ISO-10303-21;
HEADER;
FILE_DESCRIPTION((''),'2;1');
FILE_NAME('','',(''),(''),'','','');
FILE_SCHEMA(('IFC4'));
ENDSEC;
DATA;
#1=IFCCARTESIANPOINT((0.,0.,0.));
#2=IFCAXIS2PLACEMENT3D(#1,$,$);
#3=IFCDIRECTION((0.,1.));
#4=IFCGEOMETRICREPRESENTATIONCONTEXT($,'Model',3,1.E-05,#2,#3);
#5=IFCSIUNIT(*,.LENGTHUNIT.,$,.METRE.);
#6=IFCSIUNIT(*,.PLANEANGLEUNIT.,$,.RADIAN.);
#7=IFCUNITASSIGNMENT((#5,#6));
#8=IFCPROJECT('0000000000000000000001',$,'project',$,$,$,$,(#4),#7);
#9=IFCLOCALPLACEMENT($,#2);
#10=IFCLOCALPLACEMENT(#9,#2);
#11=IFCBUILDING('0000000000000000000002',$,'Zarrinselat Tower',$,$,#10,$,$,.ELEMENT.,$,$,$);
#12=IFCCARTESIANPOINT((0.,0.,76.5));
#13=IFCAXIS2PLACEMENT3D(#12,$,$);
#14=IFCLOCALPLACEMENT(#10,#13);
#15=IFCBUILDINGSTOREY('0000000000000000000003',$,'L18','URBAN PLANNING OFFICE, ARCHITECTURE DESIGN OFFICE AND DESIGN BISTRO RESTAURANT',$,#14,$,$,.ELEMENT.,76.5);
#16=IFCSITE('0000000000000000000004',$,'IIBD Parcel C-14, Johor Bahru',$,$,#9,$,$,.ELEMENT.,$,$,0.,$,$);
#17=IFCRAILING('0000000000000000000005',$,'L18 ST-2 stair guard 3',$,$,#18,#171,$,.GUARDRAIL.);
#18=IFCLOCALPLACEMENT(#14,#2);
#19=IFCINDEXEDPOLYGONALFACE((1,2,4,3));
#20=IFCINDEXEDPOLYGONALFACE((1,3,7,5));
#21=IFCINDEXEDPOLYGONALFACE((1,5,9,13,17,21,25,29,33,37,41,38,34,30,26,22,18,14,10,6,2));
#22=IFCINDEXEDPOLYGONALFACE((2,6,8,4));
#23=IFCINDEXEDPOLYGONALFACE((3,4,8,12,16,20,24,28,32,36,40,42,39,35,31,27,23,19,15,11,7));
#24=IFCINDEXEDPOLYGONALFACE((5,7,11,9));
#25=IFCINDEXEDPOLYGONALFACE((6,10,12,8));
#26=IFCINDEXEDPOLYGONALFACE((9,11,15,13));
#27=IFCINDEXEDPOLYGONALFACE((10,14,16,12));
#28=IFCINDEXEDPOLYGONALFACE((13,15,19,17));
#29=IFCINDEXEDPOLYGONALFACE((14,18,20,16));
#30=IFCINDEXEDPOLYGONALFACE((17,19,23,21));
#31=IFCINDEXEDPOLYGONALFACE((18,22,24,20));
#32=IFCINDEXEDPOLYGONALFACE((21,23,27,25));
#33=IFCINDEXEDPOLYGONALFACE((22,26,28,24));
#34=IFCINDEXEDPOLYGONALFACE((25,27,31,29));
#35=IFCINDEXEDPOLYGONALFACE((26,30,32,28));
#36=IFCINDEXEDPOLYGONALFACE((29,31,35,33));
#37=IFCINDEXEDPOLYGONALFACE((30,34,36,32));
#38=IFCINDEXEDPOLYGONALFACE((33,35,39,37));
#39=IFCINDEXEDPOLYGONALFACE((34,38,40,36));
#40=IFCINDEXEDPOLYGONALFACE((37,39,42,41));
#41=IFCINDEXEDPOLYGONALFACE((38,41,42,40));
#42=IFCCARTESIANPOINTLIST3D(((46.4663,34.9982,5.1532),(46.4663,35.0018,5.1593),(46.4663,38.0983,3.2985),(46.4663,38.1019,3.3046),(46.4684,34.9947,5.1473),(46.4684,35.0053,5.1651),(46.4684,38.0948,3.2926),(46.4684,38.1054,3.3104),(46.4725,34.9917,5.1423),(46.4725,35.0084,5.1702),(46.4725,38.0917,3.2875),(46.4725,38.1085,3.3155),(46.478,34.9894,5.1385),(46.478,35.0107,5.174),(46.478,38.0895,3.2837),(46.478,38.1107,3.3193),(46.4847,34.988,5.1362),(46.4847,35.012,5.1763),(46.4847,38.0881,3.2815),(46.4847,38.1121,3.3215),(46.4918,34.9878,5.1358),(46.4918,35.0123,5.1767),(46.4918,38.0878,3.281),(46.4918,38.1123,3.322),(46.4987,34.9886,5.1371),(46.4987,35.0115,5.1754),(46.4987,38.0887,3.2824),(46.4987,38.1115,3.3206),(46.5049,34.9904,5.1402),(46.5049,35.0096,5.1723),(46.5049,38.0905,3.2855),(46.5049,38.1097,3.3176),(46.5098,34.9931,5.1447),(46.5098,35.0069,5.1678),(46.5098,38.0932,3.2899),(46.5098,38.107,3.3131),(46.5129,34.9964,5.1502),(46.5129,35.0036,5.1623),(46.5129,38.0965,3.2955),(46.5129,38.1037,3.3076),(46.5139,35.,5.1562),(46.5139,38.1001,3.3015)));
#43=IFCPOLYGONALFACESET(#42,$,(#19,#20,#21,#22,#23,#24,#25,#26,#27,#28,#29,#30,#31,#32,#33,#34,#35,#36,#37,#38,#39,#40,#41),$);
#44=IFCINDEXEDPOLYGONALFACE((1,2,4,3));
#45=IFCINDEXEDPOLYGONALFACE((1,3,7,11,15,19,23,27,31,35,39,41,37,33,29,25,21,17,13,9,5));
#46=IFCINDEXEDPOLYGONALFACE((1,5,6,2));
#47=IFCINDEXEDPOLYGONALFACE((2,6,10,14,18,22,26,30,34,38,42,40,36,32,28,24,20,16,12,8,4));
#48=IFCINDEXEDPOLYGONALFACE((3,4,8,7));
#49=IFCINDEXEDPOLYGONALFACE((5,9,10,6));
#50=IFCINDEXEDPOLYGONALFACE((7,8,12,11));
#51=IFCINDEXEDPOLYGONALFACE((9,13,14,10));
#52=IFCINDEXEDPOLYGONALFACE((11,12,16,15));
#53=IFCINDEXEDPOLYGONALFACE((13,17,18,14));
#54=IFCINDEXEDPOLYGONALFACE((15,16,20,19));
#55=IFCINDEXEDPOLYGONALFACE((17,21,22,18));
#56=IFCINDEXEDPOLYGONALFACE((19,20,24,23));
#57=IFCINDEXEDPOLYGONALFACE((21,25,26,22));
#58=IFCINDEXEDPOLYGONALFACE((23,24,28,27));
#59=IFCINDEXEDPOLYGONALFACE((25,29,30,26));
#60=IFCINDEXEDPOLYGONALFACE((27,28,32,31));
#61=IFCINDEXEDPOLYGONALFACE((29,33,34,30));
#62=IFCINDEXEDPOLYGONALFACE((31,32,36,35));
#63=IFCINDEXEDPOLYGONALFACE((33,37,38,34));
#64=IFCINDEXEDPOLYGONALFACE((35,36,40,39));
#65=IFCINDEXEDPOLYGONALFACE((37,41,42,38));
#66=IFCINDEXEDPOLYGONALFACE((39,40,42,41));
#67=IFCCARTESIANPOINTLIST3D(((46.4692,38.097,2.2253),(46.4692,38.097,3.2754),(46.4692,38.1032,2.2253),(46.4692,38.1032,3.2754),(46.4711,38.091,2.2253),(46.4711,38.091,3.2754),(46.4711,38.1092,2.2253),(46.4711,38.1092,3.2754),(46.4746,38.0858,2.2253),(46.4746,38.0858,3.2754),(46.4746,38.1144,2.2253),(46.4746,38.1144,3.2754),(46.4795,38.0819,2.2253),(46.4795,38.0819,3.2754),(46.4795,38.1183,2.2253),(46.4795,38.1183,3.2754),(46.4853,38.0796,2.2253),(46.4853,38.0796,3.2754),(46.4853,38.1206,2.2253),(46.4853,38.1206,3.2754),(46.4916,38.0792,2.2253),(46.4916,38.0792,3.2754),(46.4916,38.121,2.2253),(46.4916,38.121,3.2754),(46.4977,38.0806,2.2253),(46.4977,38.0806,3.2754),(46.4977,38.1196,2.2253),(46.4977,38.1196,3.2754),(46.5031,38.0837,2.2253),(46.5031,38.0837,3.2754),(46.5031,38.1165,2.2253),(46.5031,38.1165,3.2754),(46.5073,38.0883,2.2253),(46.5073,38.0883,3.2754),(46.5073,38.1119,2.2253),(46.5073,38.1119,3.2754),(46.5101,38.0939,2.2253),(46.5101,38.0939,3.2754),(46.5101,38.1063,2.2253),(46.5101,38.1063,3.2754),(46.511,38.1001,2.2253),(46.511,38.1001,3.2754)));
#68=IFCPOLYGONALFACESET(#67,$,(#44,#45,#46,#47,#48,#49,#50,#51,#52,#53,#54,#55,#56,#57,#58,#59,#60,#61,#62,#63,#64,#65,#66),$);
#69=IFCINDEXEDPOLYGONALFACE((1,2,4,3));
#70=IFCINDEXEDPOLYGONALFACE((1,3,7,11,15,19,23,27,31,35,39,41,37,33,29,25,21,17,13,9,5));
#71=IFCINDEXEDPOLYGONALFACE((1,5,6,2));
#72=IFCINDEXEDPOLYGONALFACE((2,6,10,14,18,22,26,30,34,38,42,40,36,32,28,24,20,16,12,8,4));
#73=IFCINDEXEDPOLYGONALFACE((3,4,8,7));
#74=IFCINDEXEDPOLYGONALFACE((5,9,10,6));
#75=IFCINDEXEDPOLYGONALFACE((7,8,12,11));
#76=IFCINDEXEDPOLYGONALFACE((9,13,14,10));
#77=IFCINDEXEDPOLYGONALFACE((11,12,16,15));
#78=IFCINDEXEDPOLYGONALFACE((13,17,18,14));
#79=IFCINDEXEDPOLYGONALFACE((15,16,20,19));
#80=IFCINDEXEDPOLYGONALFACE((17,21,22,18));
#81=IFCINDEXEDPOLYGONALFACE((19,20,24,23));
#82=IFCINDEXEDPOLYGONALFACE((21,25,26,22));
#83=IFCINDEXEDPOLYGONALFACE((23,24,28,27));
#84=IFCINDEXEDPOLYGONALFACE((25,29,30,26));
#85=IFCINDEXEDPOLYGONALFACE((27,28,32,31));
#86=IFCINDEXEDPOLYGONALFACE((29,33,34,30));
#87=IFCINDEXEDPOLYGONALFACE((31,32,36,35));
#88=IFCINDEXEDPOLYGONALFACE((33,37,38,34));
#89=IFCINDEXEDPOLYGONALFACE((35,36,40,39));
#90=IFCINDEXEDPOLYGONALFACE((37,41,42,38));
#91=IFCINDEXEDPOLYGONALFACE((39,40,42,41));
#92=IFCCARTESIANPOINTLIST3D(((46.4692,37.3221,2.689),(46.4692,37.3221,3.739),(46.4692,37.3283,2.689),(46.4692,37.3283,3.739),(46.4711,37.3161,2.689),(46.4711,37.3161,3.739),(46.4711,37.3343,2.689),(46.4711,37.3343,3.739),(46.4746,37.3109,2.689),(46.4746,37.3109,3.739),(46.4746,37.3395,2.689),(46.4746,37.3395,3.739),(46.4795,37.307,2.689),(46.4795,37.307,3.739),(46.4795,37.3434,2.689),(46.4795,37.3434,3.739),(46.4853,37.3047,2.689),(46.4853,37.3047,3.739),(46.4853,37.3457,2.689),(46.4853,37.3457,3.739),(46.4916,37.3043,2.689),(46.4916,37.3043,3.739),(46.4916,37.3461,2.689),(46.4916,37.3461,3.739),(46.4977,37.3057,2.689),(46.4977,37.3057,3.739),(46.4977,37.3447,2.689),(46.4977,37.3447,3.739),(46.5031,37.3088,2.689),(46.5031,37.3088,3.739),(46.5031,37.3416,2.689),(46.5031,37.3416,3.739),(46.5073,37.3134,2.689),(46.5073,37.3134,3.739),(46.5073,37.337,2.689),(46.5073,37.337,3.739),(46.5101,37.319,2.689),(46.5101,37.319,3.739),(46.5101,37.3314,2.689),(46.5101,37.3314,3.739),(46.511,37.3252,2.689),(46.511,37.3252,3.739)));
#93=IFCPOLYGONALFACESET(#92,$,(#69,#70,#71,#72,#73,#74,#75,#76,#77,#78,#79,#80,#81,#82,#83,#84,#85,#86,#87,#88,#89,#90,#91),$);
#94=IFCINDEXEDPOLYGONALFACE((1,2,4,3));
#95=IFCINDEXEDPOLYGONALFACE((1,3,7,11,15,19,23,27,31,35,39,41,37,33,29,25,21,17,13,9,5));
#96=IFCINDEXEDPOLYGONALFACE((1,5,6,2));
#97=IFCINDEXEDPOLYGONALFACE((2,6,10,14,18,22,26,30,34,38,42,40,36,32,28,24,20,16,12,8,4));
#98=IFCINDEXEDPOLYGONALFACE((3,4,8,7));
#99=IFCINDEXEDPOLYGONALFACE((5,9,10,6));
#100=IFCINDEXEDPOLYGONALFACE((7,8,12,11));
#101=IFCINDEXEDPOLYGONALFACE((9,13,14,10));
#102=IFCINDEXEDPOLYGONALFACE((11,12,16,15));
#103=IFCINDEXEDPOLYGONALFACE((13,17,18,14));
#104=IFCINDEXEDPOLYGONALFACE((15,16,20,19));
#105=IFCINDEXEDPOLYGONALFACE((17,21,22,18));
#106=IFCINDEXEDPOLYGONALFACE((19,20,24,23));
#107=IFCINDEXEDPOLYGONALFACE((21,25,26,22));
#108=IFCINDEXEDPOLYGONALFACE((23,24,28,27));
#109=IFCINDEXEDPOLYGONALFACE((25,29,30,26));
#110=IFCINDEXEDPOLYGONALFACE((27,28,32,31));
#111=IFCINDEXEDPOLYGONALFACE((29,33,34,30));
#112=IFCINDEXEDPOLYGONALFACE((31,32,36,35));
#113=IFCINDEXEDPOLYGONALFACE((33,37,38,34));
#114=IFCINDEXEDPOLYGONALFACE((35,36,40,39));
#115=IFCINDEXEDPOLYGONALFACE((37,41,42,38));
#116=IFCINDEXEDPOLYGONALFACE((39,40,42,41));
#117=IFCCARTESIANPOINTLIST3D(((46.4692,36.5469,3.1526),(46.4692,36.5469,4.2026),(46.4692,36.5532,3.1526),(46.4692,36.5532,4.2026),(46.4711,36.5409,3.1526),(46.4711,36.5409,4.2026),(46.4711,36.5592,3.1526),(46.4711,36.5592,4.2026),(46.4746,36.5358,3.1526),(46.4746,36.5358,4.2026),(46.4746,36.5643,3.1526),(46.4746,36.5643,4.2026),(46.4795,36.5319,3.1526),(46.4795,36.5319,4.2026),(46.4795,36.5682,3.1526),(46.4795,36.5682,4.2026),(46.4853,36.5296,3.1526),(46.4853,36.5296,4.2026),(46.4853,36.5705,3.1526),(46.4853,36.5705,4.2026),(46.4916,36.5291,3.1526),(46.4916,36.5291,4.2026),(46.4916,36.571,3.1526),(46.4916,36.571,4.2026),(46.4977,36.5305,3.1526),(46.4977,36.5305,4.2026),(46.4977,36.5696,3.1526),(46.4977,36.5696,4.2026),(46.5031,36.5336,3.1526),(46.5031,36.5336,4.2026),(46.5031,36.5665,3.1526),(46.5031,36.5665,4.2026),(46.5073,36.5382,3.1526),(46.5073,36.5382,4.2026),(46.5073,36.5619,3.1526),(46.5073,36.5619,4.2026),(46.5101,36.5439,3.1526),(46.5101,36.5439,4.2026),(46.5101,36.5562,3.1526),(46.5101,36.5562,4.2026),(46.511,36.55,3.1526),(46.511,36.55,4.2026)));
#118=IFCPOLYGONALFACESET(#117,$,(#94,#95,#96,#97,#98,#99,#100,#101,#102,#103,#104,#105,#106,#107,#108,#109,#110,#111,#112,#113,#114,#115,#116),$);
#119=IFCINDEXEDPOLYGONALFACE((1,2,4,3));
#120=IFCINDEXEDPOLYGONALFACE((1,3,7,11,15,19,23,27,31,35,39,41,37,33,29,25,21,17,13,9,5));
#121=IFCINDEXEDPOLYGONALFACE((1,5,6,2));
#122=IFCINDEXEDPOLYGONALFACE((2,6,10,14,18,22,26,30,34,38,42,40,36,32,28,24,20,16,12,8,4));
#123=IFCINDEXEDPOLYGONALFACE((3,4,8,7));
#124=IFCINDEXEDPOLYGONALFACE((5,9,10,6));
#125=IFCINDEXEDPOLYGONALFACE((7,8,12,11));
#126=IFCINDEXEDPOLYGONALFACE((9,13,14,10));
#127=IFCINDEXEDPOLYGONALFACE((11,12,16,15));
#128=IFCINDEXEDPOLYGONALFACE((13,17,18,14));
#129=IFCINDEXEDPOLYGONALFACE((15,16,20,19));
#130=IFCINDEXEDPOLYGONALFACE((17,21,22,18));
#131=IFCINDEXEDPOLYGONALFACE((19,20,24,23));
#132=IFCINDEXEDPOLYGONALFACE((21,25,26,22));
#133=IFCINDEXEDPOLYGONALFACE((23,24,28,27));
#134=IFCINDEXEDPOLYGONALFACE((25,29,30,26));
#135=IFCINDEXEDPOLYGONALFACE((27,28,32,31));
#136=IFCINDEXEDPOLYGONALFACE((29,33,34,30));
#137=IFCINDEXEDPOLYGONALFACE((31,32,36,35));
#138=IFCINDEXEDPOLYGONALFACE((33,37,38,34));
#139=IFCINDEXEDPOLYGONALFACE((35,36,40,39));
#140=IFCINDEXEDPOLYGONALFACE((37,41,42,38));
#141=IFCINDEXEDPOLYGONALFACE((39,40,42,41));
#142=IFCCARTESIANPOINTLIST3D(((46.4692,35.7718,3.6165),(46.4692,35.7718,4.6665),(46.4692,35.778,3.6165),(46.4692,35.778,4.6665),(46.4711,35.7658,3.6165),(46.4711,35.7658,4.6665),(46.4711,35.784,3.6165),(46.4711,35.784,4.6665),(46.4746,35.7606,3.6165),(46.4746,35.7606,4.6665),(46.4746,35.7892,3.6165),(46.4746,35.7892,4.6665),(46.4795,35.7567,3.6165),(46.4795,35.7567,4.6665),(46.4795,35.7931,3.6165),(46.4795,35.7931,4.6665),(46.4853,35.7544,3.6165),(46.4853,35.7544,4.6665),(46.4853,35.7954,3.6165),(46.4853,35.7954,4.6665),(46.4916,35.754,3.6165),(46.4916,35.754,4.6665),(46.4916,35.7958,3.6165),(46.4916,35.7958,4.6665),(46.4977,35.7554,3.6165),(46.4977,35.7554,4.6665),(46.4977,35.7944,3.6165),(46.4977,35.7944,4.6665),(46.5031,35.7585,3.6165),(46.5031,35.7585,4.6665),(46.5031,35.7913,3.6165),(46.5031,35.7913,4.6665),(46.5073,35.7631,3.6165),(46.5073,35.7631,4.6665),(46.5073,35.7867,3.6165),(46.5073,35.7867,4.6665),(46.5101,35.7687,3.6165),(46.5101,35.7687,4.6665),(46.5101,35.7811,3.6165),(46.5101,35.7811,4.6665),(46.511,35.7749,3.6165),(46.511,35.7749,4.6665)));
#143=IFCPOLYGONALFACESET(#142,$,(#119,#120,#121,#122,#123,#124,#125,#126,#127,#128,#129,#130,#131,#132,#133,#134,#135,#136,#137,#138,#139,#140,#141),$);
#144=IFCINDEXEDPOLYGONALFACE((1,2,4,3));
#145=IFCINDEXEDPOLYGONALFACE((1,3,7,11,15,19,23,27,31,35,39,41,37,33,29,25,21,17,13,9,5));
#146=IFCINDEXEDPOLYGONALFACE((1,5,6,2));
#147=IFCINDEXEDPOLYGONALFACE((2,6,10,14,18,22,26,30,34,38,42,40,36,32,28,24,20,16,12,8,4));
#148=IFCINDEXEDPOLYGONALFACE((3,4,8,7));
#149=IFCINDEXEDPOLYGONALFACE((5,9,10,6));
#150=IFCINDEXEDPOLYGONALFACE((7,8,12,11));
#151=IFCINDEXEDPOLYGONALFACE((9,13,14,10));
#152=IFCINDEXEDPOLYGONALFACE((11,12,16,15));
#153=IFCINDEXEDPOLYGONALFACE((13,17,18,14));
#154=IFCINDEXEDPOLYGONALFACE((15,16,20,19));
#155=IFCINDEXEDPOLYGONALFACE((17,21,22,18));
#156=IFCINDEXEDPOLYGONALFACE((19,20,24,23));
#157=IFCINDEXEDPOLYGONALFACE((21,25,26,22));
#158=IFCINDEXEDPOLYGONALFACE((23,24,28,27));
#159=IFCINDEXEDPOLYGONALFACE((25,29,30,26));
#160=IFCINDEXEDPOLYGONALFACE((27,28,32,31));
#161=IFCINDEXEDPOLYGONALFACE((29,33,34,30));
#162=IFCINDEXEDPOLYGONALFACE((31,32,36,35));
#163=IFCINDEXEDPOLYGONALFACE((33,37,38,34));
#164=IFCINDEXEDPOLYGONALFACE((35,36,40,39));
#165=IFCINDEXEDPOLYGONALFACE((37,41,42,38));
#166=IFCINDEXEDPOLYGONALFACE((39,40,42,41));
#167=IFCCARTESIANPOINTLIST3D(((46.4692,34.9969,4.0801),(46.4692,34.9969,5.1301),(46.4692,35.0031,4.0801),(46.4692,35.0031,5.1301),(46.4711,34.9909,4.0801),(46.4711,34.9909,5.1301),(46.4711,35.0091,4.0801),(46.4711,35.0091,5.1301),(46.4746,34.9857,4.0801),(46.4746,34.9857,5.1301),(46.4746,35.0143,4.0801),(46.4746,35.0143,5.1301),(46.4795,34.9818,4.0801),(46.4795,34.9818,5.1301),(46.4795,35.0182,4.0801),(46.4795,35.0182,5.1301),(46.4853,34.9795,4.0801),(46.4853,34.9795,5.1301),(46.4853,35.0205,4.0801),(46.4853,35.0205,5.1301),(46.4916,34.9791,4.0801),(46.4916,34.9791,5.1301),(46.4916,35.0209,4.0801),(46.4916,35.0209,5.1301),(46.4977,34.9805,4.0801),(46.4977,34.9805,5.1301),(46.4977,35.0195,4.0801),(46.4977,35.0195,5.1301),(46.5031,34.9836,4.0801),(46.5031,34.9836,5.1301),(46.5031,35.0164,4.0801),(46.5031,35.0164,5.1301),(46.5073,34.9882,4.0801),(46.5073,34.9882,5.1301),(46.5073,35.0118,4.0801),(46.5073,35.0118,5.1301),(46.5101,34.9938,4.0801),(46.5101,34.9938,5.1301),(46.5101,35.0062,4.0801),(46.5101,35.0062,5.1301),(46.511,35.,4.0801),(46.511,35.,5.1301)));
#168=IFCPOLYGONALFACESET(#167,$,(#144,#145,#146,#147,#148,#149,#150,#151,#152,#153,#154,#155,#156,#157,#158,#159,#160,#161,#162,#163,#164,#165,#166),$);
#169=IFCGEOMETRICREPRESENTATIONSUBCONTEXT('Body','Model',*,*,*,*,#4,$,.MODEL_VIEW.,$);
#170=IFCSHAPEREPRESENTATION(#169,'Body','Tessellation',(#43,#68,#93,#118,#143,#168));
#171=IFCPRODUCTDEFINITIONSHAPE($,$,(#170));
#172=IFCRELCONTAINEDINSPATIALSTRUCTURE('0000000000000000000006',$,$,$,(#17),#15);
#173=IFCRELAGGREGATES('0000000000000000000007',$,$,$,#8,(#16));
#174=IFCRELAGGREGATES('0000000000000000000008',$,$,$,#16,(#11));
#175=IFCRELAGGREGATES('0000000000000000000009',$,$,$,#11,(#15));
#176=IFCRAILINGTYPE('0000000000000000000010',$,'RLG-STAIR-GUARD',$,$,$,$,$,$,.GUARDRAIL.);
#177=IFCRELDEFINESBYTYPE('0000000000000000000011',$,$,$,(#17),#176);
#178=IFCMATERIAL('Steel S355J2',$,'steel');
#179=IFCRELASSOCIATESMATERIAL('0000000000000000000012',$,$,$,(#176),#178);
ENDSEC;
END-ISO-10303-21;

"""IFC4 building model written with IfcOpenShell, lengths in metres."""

from ifc_helpers import new_model, si_unit, direction, frame, origin, origin_2d, place, context, subcontext, project, spatial, circle, extrude, material, type_object, element, save


model = new_model("IFC4")

# Units and contexts
model_context = context("Model", 3, precision=1e-05, world=origin(), true_north=direction((0.0, 1.0)))
body_context = subcontext(model_context, "Body", "Model", "MODEL_VIEW")
ifc_project = project(units=[si_unit("LENGTHUNIT", "METRE"), si_unit("PLANEANGLEUNIT", "RADIAN")], contexts=[model_context])

# Site, building, storey
site_placement = place(None, origin())
site = spatial("IfcSite", under=ifc_project, at=site_placement, Name="IIBD Parcel C-14, Johor Bahru", CompositionType="ELEMENT", RefElevation=0.0)
building_placement = place(site_placement, origin())
building = spatial("IfcBuilding", under=site, at=building_placement, Name="Zarrinselat Tower", CompositionType="ELEMENT")
storey_placement = place(building_placement, frame((0.0, 0.0, 76.5)))
storey = spatial("IfcBuildingStorey", under=building, at=storey_placement, Name="L18", Description="URBAN PLANNING OFFICE, ARCHITECTURE DESIGN OFFICE AND DESIGN BISTRO RESTAURANT", CompositionType="ELEMENT", Elevation=76.5)

# Railing
ifc_material_1 = material(Name="Steel S355J2", Category="steel")
railing_type_1 = type_object("IfcRailingType", Name="RLG-STAIR-GUARD", PredefinedType="GUARDRAIL", material=ifc_material_1)
railing_1_placement = place(storey_placement, frame((46.49, 38.1001, 2.2253)))
element("IfcRailing", 1, at=railing_1_placement, inside=storey, type_object=railing_type_1, Name="L18 ST-2 stair guard 3", PredefinedType="GUARDRAIL", context=body_context, shape_type="SweptSolid", body=[
    extrude(circle(Radius=0.0239, at=origin_2d()), frame((0.0, 0.0, 1.0762), z_axis=(0.0, -0.858142, 0.513412), x_axis=(1.0, 0.0, 0.0)), (0.0, 0.0, 1.0), 3.6125),
    extrude(circle(Radius=0.021, at=origin_2d()), origin(), (0.0, 0.0, 1.0), 1.05),
    extrude(circle(Radius=0.021, at=origin_2d()), frame((0.0, -0.7749, 0.4636)), (0.0, 0.0, 1.0), 1.05),
    extrude(circle(Radius=0.021, at=origin_2d()), frame((0.0, -1.55, 0.9272)), (0.0, 0.0, 1.0), 1.05),
    extrude(circle(Radius=0.021, at=origin_2d()), frame((0.0, -2.3252, 1.3911)), (0.0, 0.0, 1.0), 1.05),
    extrude(circle(Radius=0.021, at=origin_2d()), frame((0.0, -3.1001, 1.8547)), (0.0, 0.0, 1.0), 1.05),
])

save(model, "model.ifc")
